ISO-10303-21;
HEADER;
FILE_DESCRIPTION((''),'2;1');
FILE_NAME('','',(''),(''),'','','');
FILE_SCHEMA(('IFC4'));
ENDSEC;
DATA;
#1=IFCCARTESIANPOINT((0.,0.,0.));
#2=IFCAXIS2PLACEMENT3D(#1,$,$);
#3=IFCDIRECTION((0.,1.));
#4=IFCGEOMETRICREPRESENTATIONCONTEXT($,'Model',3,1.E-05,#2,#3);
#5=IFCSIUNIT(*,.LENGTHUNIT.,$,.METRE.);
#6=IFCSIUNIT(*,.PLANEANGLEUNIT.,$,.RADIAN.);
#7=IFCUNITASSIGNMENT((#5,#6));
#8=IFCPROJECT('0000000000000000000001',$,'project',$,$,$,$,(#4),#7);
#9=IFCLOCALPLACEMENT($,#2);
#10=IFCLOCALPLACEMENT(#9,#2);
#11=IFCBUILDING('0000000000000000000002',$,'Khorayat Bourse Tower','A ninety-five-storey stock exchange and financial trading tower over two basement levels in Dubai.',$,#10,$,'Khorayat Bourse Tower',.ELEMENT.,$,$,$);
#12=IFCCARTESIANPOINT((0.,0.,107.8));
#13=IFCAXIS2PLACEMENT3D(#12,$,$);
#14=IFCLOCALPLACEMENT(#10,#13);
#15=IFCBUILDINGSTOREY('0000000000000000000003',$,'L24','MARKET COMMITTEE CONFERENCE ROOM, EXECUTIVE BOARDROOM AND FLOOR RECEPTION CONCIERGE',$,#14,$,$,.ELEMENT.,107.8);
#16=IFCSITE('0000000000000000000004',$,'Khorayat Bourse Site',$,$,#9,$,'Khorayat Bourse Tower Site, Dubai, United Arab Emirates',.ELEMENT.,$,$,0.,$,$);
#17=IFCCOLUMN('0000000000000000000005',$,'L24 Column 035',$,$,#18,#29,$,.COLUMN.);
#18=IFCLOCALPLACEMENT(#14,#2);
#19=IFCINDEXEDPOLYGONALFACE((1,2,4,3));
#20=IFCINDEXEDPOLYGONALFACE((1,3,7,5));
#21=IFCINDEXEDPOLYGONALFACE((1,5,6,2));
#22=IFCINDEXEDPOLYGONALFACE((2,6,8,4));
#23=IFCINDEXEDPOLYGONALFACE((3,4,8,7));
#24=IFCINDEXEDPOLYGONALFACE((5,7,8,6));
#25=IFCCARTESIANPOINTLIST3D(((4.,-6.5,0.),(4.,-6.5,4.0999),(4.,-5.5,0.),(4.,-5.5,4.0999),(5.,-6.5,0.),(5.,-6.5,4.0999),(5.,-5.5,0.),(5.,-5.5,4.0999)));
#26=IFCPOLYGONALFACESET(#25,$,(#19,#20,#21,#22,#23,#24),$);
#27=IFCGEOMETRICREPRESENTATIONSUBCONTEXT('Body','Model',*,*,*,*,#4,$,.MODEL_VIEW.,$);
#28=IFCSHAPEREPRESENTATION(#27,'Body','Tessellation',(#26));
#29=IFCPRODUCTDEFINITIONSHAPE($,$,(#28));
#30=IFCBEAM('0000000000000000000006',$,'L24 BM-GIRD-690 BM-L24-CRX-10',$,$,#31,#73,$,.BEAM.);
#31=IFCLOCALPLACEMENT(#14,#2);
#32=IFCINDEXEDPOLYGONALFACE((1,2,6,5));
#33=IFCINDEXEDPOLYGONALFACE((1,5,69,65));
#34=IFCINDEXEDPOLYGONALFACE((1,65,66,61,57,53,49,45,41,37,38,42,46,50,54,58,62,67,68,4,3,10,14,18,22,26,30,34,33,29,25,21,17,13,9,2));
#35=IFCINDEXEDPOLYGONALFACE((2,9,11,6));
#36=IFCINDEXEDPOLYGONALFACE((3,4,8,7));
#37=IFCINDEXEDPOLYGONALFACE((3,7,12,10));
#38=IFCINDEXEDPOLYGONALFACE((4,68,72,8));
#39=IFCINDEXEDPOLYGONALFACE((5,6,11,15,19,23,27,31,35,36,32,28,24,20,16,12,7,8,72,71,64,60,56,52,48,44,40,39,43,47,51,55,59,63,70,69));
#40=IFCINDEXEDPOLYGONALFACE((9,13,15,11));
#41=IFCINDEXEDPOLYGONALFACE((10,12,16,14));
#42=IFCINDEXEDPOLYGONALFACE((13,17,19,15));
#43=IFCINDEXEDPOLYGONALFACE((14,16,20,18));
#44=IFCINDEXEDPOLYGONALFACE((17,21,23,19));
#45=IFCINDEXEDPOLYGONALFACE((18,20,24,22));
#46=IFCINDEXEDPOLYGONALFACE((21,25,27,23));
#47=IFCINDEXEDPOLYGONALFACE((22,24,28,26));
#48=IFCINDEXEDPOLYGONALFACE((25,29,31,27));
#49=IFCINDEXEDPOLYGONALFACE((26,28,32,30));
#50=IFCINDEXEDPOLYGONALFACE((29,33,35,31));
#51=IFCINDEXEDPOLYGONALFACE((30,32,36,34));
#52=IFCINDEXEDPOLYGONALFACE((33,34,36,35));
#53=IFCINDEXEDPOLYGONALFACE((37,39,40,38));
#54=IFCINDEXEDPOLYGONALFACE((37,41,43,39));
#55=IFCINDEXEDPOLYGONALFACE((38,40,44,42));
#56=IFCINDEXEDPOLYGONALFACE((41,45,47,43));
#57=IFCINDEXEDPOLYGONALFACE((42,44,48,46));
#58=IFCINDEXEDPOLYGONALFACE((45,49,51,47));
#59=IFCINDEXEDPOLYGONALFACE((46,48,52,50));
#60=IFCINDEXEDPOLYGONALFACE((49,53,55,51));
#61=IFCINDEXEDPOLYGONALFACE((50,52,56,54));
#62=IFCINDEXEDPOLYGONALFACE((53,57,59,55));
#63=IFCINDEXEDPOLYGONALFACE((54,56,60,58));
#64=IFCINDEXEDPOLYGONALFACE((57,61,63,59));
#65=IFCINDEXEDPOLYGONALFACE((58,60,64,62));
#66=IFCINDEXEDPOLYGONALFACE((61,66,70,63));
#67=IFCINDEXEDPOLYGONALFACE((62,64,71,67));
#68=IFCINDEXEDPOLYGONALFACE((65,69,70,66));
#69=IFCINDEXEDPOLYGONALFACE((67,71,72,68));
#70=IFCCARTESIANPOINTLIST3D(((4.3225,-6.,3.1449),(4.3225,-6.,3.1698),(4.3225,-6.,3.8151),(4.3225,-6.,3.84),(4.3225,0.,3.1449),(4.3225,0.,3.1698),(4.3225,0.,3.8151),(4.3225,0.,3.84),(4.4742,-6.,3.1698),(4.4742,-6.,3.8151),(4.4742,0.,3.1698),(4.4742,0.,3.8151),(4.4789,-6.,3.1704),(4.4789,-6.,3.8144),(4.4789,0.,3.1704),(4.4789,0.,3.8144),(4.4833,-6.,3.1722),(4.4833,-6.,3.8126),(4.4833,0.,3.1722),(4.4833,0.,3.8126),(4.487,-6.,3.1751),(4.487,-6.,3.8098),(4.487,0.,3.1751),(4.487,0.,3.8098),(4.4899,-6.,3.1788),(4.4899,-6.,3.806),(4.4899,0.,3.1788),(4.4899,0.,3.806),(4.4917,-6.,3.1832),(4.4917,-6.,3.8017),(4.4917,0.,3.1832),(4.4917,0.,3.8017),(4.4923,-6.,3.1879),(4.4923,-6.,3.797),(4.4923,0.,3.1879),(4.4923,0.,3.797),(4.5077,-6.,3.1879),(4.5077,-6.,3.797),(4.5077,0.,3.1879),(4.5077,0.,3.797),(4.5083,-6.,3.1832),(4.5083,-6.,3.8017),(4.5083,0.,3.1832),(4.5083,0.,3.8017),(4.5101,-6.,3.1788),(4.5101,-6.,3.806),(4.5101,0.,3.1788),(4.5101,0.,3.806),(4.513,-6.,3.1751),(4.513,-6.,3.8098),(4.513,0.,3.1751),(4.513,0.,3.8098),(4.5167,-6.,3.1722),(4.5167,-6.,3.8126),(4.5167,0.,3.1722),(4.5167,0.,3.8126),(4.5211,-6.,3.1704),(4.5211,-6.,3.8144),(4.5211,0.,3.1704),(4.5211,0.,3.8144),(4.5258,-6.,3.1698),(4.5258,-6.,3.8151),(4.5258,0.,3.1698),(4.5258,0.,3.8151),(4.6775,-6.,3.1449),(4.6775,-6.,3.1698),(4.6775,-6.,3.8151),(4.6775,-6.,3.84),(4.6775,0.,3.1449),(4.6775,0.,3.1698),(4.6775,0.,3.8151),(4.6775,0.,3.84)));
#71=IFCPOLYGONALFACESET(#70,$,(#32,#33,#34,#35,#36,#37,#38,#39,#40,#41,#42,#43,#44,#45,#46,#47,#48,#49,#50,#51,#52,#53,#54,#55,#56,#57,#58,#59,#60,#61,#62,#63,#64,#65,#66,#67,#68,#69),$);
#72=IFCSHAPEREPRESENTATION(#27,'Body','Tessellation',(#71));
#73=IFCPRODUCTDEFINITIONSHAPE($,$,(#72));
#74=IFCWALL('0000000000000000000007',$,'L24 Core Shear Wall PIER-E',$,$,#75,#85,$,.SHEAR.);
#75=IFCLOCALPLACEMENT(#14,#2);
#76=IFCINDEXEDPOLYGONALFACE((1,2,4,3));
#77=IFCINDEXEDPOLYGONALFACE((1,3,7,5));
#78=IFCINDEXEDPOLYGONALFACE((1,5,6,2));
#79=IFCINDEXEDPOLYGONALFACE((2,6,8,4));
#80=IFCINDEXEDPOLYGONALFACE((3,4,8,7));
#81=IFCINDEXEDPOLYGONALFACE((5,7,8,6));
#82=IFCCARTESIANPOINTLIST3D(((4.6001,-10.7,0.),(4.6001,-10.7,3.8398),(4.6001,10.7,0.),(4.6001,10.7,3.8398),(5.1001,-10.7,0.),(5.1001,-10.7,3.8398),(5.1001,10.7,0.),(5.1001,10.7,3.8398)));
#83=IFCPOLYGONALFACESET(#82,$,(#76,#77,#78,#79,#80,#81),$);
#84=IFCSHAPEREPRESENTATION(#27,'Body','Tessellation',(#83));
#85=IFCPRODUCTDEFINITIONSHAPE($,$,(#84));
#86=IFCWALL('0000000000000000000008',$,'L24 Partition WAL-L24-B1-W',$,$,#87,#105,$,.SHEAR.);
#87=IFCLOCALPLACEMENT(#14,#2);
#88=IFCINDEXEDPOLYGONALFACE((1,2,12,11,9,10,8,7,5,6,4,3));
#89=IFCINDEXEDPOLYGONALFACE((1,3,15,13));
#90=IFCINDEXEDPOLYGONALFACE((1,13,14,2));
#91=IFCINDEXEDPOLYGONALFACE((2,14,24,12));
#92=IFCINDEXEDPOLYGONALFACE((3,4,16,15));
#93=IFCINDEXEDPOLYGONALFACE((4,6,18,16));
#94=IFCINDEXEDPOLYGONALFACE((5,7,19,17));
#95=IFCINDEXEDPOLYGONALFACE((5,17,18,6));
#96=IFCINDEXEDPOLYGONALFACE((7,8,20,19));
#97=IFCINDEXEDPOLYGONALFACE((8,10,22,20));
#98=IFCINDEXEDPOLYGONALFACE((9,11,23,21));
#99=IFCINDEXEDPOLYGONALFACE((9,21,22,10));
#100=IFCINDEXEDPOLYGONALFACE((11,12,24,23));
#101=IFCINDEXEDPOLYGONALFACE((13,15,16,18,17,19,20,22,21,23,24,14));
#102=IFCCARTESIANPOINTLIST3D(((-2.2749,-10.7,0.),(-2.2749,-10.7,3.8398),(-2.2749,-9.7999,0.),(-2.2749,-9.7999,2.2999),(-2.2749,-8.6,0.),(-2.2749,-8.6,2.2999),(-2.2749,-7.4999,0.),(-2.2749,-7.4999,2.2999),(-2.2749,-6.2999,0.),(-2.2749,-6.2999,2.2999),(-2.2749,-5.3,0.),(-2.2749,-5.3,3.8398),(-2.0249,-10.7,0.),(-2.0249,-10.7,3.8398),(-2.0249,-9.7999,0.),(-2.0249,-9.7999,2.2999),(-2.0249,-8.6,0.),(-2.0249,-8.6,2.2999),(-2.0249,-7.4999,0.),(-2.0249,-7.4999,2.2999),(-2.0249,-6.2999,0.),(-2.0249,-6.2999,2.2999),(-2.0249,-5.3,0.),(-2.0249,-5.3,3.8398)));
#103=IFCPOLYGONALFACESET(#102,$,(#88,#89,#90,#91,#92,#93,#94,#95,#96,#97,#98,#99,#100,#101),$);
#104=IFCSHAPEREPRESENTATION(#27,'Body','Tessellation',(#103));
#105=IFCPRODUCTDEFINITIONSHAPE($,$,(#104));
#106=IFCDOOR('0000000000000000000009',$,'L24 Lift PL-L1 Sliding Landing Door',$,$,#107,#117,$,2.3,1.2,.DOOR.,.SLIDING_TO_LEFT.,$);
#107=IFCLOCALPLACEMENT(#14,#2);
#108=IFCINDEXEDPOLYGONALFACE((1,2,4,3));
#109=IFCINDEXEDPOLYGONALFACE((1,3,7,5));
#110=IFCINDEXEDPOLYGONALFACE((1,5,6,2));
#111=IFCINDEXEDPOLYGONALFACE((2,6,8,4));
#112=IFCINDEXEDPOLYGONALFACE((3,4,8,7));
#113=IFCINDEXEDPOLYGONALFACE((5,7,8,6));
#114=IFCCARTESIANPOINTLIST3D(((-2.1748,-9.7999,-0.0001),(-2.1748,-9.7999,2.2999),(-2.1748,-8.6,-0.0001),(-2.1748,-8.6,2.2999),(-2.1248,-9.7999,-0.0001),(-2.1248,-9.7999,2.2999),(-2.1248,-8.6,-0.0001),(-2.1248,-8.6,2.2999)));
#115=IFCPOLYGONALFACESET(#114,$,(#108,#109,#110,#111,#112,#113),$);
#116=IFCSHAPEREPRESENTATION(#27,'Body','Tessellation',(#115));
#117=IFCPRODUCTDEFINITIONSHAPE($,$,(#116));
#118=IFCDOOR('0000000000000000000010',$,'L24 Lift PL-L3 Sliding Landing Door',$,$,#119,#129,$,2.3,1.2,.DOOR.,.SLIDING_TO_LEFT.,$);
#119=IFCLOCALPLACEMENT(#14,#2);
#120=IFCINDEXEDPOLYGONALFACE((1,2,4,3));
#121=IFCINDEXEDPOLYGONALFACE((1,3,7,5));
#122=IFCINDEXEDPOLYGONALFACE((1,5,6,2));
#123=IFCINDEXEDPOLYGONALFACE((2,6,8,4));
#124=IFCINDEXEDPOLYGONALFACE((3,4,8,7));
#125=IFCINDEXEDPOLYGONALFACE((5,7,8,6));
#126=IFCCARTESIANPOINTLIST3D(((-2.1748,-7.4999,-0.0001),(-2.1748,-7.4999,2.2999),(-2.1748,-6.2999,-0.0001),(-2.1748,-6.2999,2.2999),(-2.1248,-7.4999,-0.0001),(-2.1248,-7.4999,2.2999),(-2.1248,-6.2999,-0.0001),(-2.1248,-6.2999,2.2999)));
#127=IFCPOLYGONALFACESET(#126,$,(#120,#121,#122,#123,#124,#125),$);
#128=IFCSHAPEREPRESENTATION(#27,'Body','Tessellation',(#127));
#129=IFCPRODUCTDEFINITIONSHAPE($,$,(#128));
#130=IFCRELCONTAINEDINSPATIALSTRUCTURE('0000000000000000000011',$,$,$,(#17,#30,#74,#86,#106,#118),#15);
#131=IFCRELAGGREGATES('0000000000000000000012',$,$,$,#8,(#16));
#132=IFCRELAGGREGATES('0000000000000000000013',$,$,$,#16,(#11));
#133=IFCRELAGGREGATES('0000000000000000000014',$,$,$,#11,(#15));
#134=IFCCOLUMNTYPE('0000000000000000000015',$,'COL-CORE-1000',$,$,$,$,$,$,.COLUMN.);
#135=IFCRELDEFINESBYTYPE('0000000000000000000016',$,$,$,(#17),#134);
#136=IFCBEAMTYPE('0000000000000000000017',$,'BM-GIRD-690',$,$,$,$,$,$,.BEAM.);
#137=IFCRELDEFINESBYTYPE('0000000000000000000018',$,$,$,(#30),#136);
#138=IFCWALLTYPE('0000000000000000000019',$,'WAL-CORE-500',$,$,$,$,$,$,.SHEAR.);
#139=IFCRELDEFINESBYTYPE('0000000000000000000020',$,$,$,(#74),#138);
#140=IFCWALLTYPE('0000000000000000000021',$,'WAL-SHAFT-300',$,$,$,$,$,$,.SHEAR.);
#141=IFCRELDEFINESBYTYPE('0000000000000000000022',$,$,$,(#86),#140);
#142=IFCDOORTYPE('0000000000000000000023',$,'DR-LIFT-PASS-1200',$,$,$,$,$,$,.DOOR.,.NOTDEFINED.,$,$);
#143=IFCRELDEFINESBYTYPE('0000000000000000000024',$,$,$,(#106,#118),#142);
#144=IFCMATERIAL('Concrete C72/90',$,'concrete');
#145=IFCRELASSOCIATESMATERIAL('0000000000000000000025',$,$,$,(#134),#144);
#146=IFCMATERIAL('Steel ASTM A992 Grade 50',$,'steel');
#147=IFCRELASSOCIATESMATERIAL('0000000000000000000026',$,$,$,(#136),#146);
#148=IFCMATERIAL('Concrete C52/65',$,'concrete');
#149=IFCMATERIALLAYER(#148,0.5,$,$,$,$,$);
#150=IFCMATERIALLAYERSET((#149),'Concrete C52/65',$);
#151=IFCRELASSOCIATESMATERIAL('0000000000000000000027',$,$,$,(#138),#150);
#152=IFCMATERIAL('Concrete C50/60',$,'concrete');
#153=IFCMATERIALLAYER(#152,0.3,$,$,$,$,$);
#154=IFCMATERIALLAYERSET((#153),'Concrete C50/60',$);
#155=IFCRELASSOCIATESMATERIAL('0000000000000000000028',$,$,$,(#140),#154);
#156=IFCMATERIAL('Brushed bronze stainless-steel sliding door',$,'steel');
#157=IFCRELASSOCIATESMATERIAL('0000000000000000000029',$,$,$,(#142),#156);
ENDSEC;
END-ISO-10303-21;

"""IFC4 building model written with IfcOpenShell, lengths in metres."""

from ifc_helpers import new_model, si_unit, direction, frame, frame_2d, origin, origin_2d, place, context, subcontext, project, spatial, rectangle, i_section, extrude, source, transform, mapped, material, layer, layer_set, material_profile, profile_set, type_object, element, fill, save


model = new_model("IFC4")

# Units and contexts
model_context = context("Model", 3, precision=1e-05, world=origin(), true_north=direction((0.0, 1.0)))
body_context = subcontext(model_context, "Body", "Model", "MODEL_VIEW")
ifc_project = project(units=[si_unit("LENGTHUNIT", "METRE"), si_unit("PLANEANGLEUNIT", "RADIAN")], contexts=[model_context])

# Site, building, storey
site_placement = place(None, origin())
site = spatial("IfcSite", under=ifc_project, at=site_placement, Name="Khorayat Bourse Site", LongName="Khorayat Bourse Tower Site, Dubai, United Arab Emirates", CompositionType="ELEMENT", RefElevation=0.0)
building_placement = place(site_placement, origin())
building = spatial("IfcBuilding", under=site, at=building_placement, Name="Khorayat Bourse Tower", Description="A ninety-five-storey stock exchange and financial trading tower over two basement levels in Dubai.", LongName="Khorayat Bourse Tower", CompositionType="ELEMENT")
storey_placement = place(building_placement, frame((0.0, 0.0, 107.8)))
storey = spatial("IfcBuildingStorey", under=building, at=storey_placement, Name="L24", Description="MARKET COMMITTEE CONFERENCE ROOM, EXECUTIVE BOARDROOM AND FLOOR RECEPTION CONCIERGE", CompositionType="ELEMENT", Elevation=107.8)

# Column
ifc_material_1 = material(Name="Concrete C72/90", Category="concrete")
ifc_material_profile_1 = material_profile(ifc_material_1, rectangle(XDim=1.0, YDim=1.0, at=origin_2d()), Name="RC 1000x1000")
ifc_profile_set_1 = profile_set([ifc_material_profile_1], Name="Concrete C72/90")
column_type = type_object("IfcColumnType", Name="COL-CORE-1000", PredefinedType="COLUMN", material=ifc_profile_set_1)
shared_shape_1 = source(origin(), body_context, "Body", "SweptSolid", [
    extrude(rectangle(XDim=1.0, YDim=1.0, at=origin_2d()), origin(), (0.0, 0.0, 1.0), 4.0999),
])
column_placement = place(storey_placement, frame((4.5, -6.0, 0.0), z_axis=(0.0, 0.0, 1.0), x_axis=(1.0, 0.0, 0.0)))
element("IfcColumn", 1, at=column_placement, inside=storey, type_object=column_type, Name="L24 Column 035", PredefinedType="COLUMN", context=body_context, shape_type="MappedRepresentation", body=[
    mapped(shared_shape_1, transform((0.0, 0.0, 0.0), scale=1.0)),
])

# Beam
ifc_material_2 = material(Name="Steel ASTM A992 Grade 50", Category="steel")
ifc_material_profile_2 = material_profile(ifc_material_2, i_section(OverallWidth=0.355, OverallDepth=0.6951, WebThickness=0.0154, FlangeThickness=0.0249, FilletRadius=0.0181, at=origin_2d()), Name="W690X217")
ifc_profile_set_2 = profile_set([ifc_material_profile_2], Name="Steel ASTM A992 Grade 50")
beam_type = type_object("IfcBeamType", Name="BM-GIRD-690", PredefinedType="BEAM", material=ifc_profile_set_2)
shared_shape_2 = source(origin(), body_context, "Body", "SweptSolid", [
    extrude(i_section(OverallWidth=0.355, OverallDepth=0.6951, WebThickness=0.0154, FlangeThickness=0.0249, FilletRadius=0.0181, at=origin_2d()), origin(), (0.0, 0.0, 1.0), 6.0),
])
beam_placement = place(storey_placement, frame((4.5, -6.0, 3.4924), z_axis=(0.0, 1.0, 0.0), x_axis=(-1.0, 0.0, 0.0)))
element("IfcBeam", 2, at=beam_placement, inside=storey, type_object=beam_type, Name="L24 BM-GIRD-690 BM-L24-CRX-10", PredefinedType="BEAM", context=body_context, shape_type="MappedRepresentation", body=[
    mapped(shared_shape_2, transform((0.0, 0.0, 0.0), scale=1.0)),
])

# Wall
ifc_material_3 = material(Name="Concrete C52/65", Category="concrete")
ifc_layer_1 = layer(ifc_material_3, 0.5)
ifc_layer_set_1 = layer_set([ifc_layer_1], Name="Concrete C52/65")
wall_type_1 = type_object("IfcWallType", Name="WAL-CORE-500", PredefinedType="SHEAR", material=ifc_layer_set_1)
shared_shape_3 = source(origin(), body_context, "Body", "SweptSolid", [
    extrude(rectangle(XDim=21.3999, YDim=0.5, at=frame_2d((10.7, 0.0))), origin(), (0.0, 0.0, 1.0), 3.8398),
])
wall_1_placement = place(storey_placement, frame((4.8501, -10.7, 0.0), z_axis=(0.0, 0.0, 1.0), x_axis=(0.0, 1.0, 0.0)))
element("IfcWall", 3, at=wall_1_placement, inside=storey, type_object=wall_type_1, Name="L24 Core Shear Wall PIER-E", PredefinedType="SHEAR", context=body_context, shape_type="MappedRepresentation", body=[
    mapped(shared_shape_3, transform((0.0, 0.0, 0.0), scale=1.0)),
])

# Wall, openings, doors
ifc_material_4 = material(Name="Concrete C50/60", Category="concrete")
ifc_layer_2 = layer(ifc_material_4, 0.3)
ifc_layer_set_2 = layer_set([ifc_layer_2], Name="Concrete C50/60")
wall_type_2 = type_object("IfcWallType", Name="WAL-SHAFT-300", PredefinedType="SHEAR", material=ifc_layer_set_2)
shared_shape_4 = source(origin(), body_context, "Body", "SweptSolid", [
    extrude(rectangle(XDim=5.3999, YDim=0.25, at=frame_2d((2.7, 0.0))), origin(), (0.0, 0.0, 1.0), 3.8398),
])
wall_2_placement = place(storey_placement, frame((-2.1499, -10.7, 0.0), z_axis=(0.0, 0.0, 1.0), x_axis=(0.0, 1.0, 0.0)))
wall_2 = element("IfcWall", 4, at=wall_2_placement, inside=storey, type_object=wall_type_2, Name="L24 Partition WAL-L24-B1-W", PredefinedType="SHEAR", context=body_context, shape_type="MappedRepresentation", body=[
    mapped(shared_shape_4, transform((0.0, 0.0, 0.0), scale=1.0)),
])
shared_shape_5 = source(origin(), body_context, "Body", "SweptSolid", [
    extrude(rectangle(XDim=1.2, YDim=2.3, at=frame_2d((0.6001, 1.1499))), frame((0.0, 0.135, 0.0), z_axis=(0.0, -1.0, 0.0), x_axis=(1.0, 0.0, 0.0)), (0.0, 0.0, 1.0), 0.27),
])
opening_1_placement = place(wall_2_placement, frame((0.8999, 0.0, 0.0)))
opening_1 = element("IfcOpeningElement", 5, at=opening_1_placement, cuts=wall_2, PredefinedType="OPENING", context=body_context, shape_type="MappedRepresentation", body=[
    mapped(shared_shape_5, transform((0.0, 0.0, 0.0), scale=1.0)),
])
opening_2_placement = place(wall_2_placement, frame((3.2, 0.0, 0.0)))
opening_2 = element("IfcOpeningElement", 6, at=opening_2_placement, cuts=wall_2, PredefinedType="OPENING", context=body_context, shape_type="MappedRepresentation", body=[
    mapped(shared_shape_5, transform((0.0, 0.0, 0.0), scale=1.0)),
])
ifc_material_5 = material(Name="Brushed bronze stainless-steel sliding door", Category="steel")
door_type_1 = type_object("IfcDoorType", Name="DR-LIFT-PASS-1200", OperationType="NOTDEFINED", PredefinedType="DOOR", material=ifc_material_5)
shared_shape_6 = source(origin(), body_context, "Body", "SweptSolid", [
    extrude(rectangle(XDim=1.2, YDim=2.3, at=frame_2d((0.6001, 1.1499))), frame((0.0, 0.0249, 0.0), z_axis=(0.0, -1.0, 0.0), x_axis=(1.0, 0.0, 0.0)), (0.0, 0.0, 1.0), 0.05),
])
door_1_placement = place(opening_1_placement, origin())
door_1 = element("IfcDoor", 7, at=door_1_placement, inside=storey, type_object=door_type_1, Name="L24 Lift PL-L1 Sliding Landing Door", OperationType="SLIDING_TO_LEFT", OverallHeight=2.3, OverallWidth=1.2, PredefinedType="DOOR", context=body_context, shape_type="MappedRepresentation", body=[
    mapped(shared_shape_6, transform((0.0, 0.0, 0.0), scale=1.0)),
])
fill(opening_1, door_1)
door_2_placement = place(opening_2_placement, origin())
door_2 = element("IfcDoor", 8, at=door_2_placement, inside=storey, type_object=door_type_1, Name="L24 Lift PL-L3 Sliding Landing Door", OperationType="SLIDING_TO_LEFT", OverallHeight=2.3, OverallWidth=1.2, PredefinedType="DOOR", context=body_context, shape_type="MappedRepresentation", body=[
    mapped(shared_shape_6, transform((0.0, 0.0, 0.0), scale=1.0)),
])
fill(opening_2, door_2)

save(model, "model.ifc")
